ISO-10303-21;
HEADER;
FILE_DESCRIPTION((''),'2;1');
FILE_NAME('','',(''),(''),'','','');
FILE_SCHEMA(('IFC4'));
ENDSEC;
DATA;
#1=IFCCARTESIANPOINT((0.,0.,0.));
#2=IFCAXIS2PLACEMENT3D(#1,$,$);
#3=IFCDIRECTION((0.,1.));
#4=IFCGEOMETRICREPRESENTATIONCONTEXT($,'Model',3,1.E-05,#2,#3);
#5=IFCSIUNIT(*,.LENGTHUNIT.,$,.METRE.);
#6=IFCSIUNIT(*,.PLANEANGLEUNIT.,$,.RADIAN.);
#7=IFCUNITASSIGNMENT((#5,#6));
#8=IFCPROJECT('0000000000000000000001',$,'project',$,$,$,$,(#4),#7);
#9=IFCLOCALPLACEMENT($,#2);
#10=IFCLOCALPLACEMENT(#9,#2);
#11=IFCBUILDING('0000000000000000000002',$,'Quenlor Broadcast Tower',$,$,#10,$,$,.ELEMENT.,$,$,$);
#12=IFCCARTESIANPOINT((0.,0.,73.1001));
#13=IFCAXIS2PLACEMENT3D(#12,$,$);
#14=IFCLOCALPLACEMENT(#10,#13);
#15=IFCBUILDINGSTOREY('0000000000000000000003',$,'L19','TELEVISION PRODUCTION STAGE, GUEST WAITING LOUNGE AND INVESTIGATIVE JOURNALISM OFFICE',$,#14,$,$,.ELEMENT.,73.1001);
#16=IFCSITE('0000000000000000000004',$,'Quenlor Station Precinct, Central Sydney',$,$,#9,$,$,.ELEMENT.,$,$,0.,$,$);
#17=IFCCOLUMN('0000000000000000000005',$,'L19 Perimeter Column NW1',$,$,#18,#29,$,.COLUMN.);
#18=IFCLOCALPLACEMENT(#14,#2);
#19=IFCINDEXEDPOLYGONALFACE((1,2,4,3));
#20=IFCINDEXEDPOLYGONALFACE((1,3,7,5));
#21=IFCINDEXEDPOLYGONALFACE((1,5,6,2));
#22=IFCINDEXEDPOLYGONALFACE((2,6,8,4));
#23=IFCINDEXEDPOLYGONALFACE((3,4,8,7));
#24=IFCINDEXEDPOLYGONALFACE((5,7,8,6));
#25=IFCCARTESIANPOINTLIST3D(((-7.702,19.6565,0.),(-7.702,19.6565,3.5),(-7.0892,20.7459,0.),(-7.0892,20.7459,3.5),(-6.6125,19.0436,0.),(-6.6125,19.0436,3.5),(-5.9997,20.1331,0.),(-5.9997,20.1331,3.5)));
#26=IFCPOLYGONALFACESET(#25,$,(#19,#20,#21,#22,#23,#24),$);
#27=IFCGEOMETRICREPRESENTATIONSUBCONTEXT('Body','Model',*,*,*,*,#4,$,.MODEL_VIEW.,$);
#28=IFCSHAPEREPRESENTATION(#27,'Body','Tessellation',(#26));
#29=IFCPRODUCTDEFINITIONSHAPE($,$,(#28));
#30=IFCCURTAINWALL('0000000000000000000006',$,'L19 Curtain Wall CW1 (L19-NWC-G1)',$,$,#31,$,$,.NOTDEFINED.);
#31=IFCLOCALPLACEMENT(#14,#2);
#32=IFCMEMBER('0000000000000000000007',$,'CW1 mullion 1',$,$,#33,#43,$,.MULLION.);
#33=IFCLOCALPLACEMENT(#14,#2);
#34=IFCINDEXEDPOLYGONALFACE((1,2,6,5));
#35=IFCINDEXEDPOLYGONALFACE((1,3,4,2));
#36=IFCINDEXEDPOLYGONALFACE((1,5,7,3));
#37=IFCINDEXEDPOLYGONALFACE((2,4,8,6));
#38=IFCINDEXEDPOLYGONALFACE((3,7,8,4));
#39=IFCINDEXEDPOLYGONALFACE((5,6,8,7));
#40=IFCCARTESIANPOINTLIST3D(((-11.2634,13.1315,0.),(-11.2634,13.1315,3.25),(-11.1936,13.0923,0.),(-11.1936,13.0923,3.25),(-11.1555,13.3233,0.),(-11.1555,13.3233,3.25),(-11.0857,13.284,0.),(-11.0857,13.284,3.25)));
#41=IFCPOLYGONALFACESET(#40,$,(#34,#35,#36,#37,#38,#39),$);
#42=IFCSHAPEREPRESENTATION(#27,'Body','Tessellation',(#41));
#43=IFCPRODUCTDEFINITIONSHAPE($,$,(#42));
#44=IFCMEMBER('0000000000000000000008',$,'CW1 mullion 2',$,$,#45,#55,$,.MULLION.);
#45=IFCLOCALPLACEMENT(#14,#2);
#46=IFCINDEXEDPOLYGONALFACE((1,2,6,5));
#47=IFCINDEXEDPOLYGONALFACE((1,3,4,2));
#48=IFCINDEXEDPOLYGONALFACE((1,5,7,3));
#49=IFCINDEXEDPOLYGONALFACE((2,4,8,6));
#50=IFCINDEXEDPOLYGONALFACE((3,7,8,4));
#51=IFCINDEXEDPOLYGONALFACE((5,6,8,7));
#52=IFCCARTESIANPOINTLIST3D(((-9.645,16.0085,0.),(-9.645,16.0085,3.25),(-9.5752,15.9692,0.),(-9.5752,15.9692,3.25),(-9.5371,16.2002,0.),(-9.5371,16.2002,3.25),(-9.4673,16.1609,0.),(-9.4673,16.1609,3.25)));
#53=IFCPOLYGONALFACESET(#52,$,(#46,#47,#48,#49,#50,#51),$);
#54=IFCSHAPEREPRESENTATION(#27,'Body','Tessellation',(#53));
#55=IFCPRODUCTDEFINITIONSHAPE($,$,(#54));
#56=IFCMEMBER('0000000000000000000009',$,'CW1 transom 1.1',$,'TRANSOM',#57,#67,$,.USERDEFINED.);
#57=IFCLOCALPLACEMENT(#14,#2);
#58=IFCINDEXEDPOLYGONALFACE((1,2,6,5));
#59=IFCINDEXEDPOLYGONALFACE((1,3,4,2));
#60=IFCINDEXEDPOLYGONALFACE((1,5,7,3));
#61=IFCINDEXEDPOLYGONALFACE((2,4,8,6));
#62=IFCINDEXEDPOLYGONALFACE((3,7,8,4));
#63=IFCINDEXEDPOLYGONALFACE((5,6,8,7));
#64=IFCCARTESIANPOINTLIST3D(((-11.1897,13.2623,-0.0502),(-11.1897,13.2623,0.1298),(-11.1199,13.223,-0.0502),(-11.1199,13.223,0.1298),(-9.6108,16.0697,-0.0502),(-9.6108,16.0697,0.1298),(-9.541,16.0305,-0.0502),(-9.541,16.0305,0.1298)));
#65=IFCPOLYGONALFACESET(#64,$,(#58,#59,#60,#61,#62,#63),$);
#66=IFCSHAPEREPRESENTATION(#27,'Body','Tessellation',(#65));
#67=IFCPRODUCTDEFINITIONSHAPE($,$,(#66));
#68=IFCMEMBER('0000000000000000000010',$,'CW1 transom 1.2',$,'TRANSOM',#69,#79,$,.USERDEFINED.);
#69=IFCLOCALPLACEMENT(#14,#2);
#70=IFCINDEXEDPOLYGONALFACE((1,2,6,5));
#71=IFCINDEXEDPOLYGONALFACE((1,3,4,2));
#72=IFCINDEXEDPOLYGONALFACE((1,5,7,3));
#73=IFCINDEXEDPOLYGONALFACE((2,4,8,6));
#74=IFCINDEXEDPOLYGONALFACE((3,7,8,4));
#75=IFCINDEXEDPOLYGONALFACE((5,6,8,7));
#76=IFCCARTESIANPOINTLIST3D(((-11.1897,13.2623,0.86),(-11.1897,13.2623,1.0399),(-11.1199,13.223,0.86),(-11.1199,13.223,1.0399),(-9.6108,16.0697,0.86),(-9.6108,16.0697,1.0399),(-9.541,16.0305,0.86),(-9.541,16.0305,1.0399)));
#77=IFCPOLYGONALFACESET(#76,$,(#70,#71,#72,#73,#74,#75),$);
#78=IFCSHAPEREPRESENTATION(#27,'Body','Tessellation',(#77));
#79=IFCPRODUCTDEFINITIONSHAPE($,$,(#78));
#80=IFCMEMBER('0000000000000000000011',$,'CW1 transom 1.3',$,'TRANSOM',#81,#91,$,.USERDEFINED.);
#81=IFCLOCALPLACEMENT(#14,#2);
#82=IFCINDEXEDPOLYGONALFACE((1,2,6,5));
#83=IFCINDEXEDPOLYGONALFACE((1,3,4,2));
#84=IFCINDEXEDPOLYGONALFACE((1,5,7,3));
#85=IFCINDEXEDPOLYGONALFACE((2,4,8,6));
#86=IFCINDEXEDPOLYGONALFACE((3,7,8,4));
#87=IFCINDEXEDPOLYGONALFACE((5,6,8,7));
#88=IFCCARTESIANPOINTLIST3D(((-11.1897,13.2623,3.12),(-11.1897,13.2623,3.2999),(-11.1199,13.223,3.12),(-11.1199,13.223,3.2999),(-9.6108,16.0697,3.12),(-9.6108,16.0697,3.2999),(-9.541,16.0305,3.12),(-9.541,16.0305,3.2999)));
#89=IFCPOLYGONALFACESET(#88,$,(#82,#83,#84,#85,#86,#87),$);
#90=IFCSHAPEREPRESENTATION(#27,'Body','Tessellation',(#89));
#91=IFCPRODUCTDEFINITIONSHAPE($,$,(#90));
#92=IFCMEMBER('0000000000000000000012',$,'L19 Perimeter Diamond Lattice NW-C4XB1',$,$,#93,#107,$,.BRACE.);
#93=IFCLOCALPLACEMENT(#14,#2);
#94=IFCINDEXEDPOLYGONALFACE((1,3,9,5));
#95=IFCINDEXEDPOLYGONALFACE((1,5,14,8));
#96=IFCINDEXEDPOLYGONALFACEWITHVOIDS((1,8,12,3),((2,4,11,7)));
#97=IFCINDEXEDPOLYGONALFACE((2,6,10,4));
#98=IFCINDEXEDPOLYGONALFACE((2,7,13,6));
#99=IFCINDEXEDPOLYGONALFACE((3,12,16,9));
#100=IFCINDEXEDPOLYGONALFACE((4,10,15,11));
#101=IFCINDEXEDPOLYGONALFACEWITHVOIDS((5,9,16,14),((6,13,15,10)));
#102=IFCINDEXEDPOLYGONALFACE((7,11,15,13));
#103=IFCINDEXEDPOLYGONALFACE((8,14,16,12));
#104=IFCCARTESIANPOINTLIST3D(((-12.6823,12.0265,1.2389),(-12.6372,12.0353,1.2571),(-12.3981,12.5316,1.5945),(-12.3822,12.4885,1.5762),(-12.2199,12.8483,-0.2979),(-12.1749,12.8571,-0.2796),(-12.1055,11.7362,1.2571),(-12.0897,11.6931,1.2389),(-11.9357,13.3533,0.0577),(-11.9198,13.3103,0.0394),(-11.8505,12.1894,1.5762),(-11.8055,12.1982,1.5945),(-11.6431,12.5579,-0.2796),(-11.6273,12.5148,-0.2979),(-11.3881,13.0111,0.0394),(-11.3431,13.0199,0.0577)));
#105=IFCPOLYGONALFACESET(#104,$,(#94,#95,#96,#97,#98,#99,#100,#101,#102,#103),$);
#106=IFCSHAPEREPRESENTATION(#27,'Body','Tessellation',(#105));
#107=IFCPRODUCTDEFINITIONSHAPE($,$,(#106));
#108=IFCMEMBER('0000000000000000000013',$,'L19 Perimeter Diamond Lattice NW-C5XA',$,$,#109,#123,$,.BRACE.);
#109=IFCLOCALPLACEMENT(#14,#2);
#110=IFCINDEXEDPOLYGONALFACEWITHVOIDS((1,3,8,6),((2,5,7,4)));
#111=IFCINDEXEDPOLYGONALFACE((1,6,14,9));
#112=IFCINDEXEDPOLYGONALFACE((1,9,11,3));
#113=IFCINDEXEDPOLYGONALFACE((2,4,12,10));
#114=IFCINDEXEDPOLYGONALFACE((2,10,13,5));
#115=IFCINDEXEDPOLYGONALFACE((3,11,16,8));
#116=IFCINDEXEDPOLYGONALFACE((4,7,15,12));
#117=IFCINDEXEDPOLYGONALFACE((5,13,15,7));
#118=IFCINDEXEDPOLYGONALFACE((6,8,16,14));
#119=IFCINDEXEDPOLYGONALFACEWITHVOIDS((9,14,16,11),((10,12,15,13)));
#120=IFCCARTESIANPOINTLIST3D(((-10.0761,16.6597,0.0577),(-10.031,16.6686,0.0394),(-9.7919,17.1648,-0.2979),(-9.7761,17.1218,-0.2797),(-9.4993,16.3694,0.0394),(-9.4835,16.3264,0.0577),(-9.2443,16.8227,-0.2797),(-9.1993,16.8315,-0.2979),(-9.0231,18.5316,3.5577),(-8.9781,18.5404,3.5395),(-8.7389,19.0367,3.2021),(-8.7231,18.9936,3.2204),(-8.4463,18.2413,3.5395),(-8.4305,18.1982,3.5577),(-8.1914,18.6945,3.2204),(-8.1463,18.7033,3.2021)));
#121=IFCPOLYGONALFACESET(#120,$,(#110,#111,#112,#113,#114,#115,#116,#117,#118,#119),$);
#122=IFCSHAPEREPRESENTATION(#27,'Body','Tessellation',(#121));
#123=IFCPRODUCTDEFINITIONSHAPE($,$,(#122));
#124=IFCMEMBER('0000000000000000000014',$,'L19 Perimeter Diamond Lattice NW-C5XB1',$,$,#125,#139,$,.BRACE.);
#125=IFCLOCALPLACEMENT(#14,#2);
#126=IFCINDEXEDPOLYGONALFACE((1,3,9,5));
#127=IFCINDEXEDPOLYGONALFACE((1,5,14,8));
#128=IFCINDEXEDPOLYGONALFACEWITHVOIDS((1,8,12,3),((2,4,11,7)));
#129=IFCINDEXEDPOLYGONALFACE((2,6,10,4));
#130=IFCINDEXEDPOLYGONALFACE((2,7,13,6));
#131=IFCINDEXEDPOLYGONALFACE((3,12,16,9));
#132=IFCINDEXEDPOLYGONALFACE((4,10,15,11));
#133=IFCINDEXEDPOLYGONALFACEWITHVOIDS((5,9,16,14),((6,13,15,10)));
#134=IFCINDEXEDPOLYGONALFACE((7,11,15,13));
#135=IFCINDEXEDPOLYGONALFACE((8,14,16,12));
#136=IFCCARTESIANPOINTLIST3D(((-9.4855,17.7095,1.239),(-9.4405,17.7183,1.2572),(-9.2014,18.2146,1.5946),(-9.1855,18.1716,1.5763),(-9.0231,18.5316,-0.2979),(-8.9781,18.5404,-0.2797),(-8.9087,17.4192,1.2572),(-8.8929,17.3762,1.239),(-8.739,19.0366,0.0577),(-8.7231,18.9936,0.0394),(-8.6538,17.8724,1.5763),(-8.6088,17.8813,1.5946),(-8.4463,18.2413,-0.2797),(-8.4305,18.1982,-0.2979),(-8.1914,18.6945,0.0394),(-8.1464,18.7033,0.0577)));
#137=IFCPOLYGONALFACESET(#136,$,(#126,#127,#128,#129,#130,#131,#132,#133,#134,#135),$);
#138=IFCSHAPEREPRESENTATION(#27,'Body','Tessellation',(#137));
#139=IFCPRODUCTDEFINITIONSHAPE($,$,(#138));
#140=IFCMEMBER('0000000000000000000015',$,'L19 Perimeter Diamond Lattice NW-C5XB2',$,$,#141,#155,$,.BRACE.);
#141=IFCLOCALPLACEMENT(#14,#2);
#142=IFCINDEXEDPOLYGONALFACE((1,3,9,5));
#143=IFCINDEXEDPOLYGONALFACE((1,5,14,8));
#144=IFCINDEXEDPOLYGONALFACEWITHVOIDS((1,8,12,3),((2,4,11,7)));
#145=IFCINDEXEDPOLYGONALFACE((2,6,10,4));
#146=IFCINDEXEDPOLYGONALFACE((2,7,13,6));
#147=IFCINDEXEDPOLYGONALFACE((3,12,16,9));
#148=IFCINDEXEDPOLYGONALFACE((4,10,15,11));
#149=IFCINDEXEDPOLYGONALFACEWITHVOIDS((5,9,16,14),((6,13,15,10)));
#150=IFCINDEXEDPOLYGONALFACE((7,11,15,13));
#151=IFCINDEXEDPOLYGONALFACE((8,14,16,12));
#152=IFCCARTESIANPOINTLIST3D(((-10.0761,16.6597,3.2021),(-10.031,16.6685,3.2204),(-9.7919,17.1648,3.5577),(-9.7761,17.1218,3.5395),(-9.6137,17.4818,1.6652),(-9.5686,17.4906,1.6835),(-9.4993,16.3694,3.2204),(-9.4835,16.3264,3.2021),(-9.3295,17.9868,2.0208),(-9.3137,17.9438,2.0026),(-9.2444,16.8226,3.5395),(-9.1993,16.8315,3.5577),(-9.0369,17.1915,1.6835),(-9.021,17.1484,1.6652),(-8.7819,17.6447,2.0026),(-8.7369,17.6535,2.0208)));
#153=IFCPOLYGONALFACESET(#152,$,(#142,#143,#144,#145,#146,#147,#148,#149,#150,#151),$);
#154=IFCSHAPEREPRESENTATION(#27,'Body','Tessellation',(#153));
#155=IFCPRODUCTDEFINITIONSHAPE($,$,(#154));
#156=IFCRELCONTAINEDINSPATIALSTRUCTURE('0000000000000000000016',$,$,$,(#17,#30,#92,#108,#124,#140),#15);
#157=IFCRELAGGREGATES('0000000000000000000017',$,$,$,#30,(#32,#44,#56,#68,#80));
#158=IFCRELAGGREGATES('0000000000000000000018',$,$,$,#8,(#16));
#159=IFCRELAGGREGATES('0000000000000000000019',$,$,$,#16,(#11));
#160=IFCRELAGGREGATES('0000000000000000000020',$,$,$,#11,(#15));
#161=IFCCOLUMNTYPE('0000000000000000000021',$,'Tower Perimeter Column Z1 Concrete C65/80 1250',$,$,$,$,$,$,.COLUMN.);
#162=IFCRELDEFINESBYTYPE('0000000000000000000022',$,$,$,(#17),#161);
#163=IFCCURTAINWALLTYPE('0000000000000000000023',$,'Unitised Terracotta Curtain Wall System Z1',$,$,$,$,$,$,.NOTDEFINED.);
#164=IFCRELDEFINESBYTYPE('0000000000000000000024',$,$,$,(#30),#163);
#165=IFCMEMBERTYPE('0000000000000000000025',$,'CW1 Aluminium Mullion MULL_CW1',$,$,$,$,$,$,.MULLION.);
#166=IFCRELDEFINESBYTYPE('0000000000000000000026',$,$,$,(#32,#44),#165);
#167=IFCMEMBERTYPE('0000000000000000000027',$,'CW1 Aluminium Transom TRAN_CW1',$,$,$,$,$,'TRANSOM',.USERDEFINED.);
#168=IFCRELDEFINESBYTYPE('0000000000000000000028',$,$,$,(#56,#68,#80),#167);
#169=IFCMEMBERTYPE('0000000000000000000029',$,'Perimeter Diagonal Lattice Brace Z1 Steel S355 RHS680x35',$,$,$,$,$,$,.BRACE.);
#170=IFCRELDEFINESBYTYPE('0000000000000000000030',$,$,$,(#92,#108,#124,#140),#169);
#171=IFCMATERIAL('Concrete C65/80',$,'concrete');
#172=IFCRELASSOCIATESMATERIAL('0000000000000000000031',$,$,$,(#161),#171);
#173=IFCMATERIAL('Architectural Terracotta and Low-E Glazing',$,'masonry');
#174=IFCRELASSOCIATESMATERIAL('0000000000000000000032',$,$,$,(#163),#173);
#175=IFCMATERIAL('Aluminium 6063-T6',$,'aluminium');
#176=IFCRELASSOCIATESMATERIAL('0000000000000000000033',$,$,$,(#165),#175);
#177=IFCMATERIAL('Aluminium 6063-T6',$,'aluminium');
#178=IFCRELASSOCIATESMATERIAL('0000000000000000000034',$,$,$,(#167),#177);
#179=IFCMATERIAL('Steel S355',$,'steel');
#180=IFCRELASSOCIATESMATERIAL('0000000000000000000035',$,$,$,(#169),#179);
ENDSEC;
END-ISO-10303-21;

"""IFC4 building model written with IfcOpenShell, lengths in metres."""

from ifc_helpers import new_model, si_unit, direction, frame, origin, origin_2d, place, context, subcontext, project, spatial, rectangle, hollow_rectangle, extrude, material, material_profile, profile_set, type_object, element, aggregate, save


model = new_model("IFC4")

# Units and contexts
model_context = context("Model", 3, precision=1e-05, world=origin(), true_north=direction((0.0, 1.0)))
body_context = subcontext(model_context, "Body", "Model", "MODEL_VIEW")
ifc_project = project(units=[si_unit("LENGTHUNIT", "METRE"), si_unit("PLANEANGLEUNIT", "RADIAN")], contexts=[model_context])

# Site, building, storey
site_placement = place(None, origin())
site = spatial("IfcSite", under=ifc_project, at=site_placement, Name="Quenlor Station Precinct, Central Sydney", CompositionType="ELEMENT", RefElevation=0.0)
building_placement = place(site_placement, origin())
building = spatial("IfcBuilding", under=site, at=building_placement, Name="Quenlor Broadcast Tower", CompositionType="ELEMENT")
storey_placement = place(building_placement, frame((0.0, 0.0, 73.1001)))
storey = spatial("IfcBuildingStorey", under=building, at=storey_placement, Name="L19", Description="TELEVISION PRODUCTION STAGE, GUEST WAITING LOUNGE AND INVESTIGATIVE JOURNALISM OFFICE", CompositionType="ELEMENT", Elevation=73.1001)

# Column
ifc_material_1 = material(Name="Concrete C65/80", Category="concrete")
ifc_material_profile_1 = material_profile(ifc_material_1, rectangle(XDim=1.25, YDim=1.25, at=origin_2d()))
ifc_profile_set_1 = profile_set([ifc_material_profile_1], Name="Concrete C65/80 RC1250x1250")
column_type = type_object("IfcColumnType", Name="Tower Perimeter Column Z1 Concrete C65/80 1250", PredefinedType="COLUMN", material=ifc_profile_set_1)
column_placement = place(storey_placement, frame((-6.8508, 19.8948, 0.0), z_axis=(0.0, 0.0, 1.0), x_axis=(-0.871575, 0.490262, 0.0)))
element("IfcColumn", 1, at=column_placement, inside=storey, type_object=column_type, Name="L19 Perimeter Column NW1", PredefinedType="COLUMN", context=body_context, shape_type="SweptSolid", body=[
    extrude(rectangle(XDim=1.25, YDim=1.25, at=origin_2d()), origin(), (0.0, 0.0, 1.0), 3.5),
])

# Curtain wall, members
ifc_material_2 = material(Name="Architectural Terracotta and Low-E Glazing", Category="masonry")
curtain_wall_type = type_object("IfcCurtainWallType", Name="Unitised Terracotta Curtain Wall System Z1", PredefinedType="NOTDEFINED", material=ifc_material_2)
curtain_wall_placement = place(storey_placement, origin())
curtain_wall = element("IfcCurtainWall", 2, at=curtain_wall_placement, inside=storey, type_object=curtain_wall_type, Name="L19 Curtain Wall CW1 (L19-NWC-G1)", PredefinedType="NOTDEFINED")
ifc_material_3 = material(Name="Aluminium 6063-T6", Category="aluminium")
ifc_material_profile_2 = material_profile(ifc_material_3, rectangle(XDim=0.0801, YDim=0.22, at=origin_2d()))
ifc_profile_set_2 = profile_set([ifc_material_profile_2], Name="Aluminium 6063-T6 MULL80x220")
member_type_1 = type_object("IfcMemberType", Name="CW1 Aluminium Mullion MULL_CW1", PredefinedType="MULLION", material=ifc_profile_set_2)
member_1_placement = place(storey_placement, frame((-11.1746, 13.2078, 0.0), z_axis=(0.0, 0.0, 1.0), x_axis=(-0.871585, 0.490244, 0.0)))
member_1 = element("IfcMember", 3, at=member_1_placement, type_object=member_type_1, Name="CW1 mullion 1", PredefinedType="MULLION", context=body_context, shape_type="SweptSolid", body=[
    extrude(rectangle(XDim=0.0801, YDim=0.22, at=origin_2d()), origin(), (0.0, 0.0, 1.0), 3.25),
])
member_2_placement = place(storey_placement, frame((-9.5562, 16.0847, 0.0), z_axis=(0.0, 0.0, 1.0), x_axis=(-0.871585, 0.490244, 0.0)))
member_2 = element("IfcMember", 4, at=member_2_placement, type_object=member_type_1, Name="CW1 mullion 2", PredefinedType="MULLION", context=body_context, shape_type="SweptSolid", body=[
    extrude(rectangle(XDim=0.0801, YDim=0.22, at=origin_2d()), origin(), (0.0, 0.0, 1.0), 3.25),
])
ifc_material_4 = material(Name="Aluminium 6063-T6", Category="aluminium")
ifc_material_profile_3 = material_profile(ifc_material_4, rectangle(XDim=0.0801, YDim=0.1799, at=origin_2d()))
ifc_profile_set_3 = profile_set([ifc_material_profile_3], Name="Aluminium 6063-T6 TRAN80x180")
member_type_2 = type_object("IfcMemberType", Name="CW1 Aluminium Transom TRAN_CW1", ElementType="TRANSOM", PredefinedType="USERDEFINED", material=ifc_profile_set_3)
member_3_placement = place(storey_placement, frame((-11.1548, 13.2427, 0.0398), z_axis=(0.490193, 0.871614, 0.0), x_axis=(-0.871614, 0.490193, 0.0)))
member_3 = element("IfcMember", 5, at=member_3_placement, type_object=member_type_2, Name="CW1 transom 1.1", ObjectType="TRANSOM", PredefinedType="USERDEFINED", context=body_context, shape_type="SweptSolid", body=[
    extrude(rectangle(XDim=0.0801, YDim=0.1799, at=origin_2d()), origin(), (0.0, 0.0, 1.0), 3.2209),
])
member_4_placement = place(storey_placement, frame((-11.1548, 13.2427, 0.95), z_axis=(0.490193, 0.871614, 0.0), x_axis=(-0.871614, 0.490193, 0.0)))
member_4 = element("IfcMember", 6, at=member_4_placement, type_object=member_type_2, Name="CW1 transom 1.2", ObjectType="TRANSOM", PredefinedType="USERDEFINED", context=body_context, shape_type="SweptSolid", body=[
    extrude(rectangle(XDim=0.0801, YDim=0.1799, at=origin_2d()), origin(), (0.0, 0.0, 1.0), 3.2209),
])
member_5_placement = place(storey_placement, frame((-11.1548, 13.2427, 3.21), z_axis=(0.490193, 0.871614, 0.0), x_axis=(-0.871614, 0.490193, 0.0)))
member_5 = element("IfcMember", 7, at=member_5_placement, type_object=member_type_2, Name="CW1 transom 1.3", ObjectType="TRANSOM", PredefinedType="USERDEFINED", context=body_context, shape_type="SweptSolid", body=[
    extrude(rectangle(XDim=0.0801, YDim=0.1799, at=origin_2d()), origin(), (0.0, 0.0, 1.0), 3.2209),
])

# Members
ifc_material_5 = material(Name="Steel S355", Category="steel")
ifc_material_profile_4 = material_profile(ifc_material_5, hollow_rectangle(XDim=0.6799, YDim=0.6799, WallThickness=0.0349, at=origin_2d()))
ifc_profile_set_4 = profile_set([ifc_material_profile_4], Name="Steel S355 RHS680x680x35")
member_type_3 = type_object("IfcMemberType", Name="Perimeter Diagonal Lattice Brace Z1 Steel S355 RHS680x35", PredefinedType="BRACE", material=ifc_profile_set_4)
member_6_placement = place(storey_placement, frame((-11.7815, 12.9341, -0.1201), z_axis=(-0.256452, -0.455764, 0.852357), x_axis=(0.871506, -0.490384, 0.0)))
element("IfcMember", 8, at=member_6_placement, inside=storey, type_object=member_type_3, Name="L19 Perimeter Diamond Lattice NW-C4XB1", PredefinedType="BRACE", context=body_context, shape_type="SweptSolid", body=[
    extrude(hollow_rectangle(XDim=0.6799, YDim=0.6799, WallThickness=0.0349, at=origin_2d()), origin(), (0.0, 0.0, 1.0), 1.803),
])
member_7_placement = place(storey_placement, frame((-9.6377, 16.7456, -0.1201), z_axis=(0.256424, 0.455832, 0.852329), x_axis=(-0.87156, 0.490288, 0.0)))
element("IfcMember", 9, at=member_7_placement, inside=storey, type_object=member_type_3, Name="L19 Perimeter Diamond Lattice NW-C5XA", PredefinedType="BRACE", context=body_context, shape_type="SweptSolid", body=[
    extrude(hollow_rectangle(XDim=0.6799, YDim=0.6799, WallThickness=0.0349, at=origin_2d()), origin(), (0.0, 0.0, 1.0), 4.1064),
])
for number, where, z_axis, x_axis, name in (
    (10, (-8.5847, 18.6174, -0.1201), (-0.256436, -0.455871, 0.852304), (0.871569, -0.490274, 0.0), "L19 Perimeter Diamond Lattice NW-C5XB1"),
    (11, (-9.1753, 17.5676, 1.843), (-0.256436, -0.455871, 0.852304), (0.871569, -0.490274, 0.0), "L19 Perimeter Diamond Lattice NW-C5XB2"),
):
    element("IfcMember", number, at=place(storey_placement, frame(where, z_axis=z_axis, x_axis=x_axis)), inside=storey, type_object=member_type_3, Name=name, PredefinedType="BRACE", context=body_context, shape_type="SweptSolid", body=[
        extrude(hollow_rectangle(XDim=0.6799, YDim=0.6799, WallThickness=0.0349, at=origin_2d()), origin(), (0.0, 0.0, 1.0), 1.8032),
    ])

aggregate(curtain_wall, [member_1, member_2, member_3, member_4, member_5])

save(model, "model.ifc")
